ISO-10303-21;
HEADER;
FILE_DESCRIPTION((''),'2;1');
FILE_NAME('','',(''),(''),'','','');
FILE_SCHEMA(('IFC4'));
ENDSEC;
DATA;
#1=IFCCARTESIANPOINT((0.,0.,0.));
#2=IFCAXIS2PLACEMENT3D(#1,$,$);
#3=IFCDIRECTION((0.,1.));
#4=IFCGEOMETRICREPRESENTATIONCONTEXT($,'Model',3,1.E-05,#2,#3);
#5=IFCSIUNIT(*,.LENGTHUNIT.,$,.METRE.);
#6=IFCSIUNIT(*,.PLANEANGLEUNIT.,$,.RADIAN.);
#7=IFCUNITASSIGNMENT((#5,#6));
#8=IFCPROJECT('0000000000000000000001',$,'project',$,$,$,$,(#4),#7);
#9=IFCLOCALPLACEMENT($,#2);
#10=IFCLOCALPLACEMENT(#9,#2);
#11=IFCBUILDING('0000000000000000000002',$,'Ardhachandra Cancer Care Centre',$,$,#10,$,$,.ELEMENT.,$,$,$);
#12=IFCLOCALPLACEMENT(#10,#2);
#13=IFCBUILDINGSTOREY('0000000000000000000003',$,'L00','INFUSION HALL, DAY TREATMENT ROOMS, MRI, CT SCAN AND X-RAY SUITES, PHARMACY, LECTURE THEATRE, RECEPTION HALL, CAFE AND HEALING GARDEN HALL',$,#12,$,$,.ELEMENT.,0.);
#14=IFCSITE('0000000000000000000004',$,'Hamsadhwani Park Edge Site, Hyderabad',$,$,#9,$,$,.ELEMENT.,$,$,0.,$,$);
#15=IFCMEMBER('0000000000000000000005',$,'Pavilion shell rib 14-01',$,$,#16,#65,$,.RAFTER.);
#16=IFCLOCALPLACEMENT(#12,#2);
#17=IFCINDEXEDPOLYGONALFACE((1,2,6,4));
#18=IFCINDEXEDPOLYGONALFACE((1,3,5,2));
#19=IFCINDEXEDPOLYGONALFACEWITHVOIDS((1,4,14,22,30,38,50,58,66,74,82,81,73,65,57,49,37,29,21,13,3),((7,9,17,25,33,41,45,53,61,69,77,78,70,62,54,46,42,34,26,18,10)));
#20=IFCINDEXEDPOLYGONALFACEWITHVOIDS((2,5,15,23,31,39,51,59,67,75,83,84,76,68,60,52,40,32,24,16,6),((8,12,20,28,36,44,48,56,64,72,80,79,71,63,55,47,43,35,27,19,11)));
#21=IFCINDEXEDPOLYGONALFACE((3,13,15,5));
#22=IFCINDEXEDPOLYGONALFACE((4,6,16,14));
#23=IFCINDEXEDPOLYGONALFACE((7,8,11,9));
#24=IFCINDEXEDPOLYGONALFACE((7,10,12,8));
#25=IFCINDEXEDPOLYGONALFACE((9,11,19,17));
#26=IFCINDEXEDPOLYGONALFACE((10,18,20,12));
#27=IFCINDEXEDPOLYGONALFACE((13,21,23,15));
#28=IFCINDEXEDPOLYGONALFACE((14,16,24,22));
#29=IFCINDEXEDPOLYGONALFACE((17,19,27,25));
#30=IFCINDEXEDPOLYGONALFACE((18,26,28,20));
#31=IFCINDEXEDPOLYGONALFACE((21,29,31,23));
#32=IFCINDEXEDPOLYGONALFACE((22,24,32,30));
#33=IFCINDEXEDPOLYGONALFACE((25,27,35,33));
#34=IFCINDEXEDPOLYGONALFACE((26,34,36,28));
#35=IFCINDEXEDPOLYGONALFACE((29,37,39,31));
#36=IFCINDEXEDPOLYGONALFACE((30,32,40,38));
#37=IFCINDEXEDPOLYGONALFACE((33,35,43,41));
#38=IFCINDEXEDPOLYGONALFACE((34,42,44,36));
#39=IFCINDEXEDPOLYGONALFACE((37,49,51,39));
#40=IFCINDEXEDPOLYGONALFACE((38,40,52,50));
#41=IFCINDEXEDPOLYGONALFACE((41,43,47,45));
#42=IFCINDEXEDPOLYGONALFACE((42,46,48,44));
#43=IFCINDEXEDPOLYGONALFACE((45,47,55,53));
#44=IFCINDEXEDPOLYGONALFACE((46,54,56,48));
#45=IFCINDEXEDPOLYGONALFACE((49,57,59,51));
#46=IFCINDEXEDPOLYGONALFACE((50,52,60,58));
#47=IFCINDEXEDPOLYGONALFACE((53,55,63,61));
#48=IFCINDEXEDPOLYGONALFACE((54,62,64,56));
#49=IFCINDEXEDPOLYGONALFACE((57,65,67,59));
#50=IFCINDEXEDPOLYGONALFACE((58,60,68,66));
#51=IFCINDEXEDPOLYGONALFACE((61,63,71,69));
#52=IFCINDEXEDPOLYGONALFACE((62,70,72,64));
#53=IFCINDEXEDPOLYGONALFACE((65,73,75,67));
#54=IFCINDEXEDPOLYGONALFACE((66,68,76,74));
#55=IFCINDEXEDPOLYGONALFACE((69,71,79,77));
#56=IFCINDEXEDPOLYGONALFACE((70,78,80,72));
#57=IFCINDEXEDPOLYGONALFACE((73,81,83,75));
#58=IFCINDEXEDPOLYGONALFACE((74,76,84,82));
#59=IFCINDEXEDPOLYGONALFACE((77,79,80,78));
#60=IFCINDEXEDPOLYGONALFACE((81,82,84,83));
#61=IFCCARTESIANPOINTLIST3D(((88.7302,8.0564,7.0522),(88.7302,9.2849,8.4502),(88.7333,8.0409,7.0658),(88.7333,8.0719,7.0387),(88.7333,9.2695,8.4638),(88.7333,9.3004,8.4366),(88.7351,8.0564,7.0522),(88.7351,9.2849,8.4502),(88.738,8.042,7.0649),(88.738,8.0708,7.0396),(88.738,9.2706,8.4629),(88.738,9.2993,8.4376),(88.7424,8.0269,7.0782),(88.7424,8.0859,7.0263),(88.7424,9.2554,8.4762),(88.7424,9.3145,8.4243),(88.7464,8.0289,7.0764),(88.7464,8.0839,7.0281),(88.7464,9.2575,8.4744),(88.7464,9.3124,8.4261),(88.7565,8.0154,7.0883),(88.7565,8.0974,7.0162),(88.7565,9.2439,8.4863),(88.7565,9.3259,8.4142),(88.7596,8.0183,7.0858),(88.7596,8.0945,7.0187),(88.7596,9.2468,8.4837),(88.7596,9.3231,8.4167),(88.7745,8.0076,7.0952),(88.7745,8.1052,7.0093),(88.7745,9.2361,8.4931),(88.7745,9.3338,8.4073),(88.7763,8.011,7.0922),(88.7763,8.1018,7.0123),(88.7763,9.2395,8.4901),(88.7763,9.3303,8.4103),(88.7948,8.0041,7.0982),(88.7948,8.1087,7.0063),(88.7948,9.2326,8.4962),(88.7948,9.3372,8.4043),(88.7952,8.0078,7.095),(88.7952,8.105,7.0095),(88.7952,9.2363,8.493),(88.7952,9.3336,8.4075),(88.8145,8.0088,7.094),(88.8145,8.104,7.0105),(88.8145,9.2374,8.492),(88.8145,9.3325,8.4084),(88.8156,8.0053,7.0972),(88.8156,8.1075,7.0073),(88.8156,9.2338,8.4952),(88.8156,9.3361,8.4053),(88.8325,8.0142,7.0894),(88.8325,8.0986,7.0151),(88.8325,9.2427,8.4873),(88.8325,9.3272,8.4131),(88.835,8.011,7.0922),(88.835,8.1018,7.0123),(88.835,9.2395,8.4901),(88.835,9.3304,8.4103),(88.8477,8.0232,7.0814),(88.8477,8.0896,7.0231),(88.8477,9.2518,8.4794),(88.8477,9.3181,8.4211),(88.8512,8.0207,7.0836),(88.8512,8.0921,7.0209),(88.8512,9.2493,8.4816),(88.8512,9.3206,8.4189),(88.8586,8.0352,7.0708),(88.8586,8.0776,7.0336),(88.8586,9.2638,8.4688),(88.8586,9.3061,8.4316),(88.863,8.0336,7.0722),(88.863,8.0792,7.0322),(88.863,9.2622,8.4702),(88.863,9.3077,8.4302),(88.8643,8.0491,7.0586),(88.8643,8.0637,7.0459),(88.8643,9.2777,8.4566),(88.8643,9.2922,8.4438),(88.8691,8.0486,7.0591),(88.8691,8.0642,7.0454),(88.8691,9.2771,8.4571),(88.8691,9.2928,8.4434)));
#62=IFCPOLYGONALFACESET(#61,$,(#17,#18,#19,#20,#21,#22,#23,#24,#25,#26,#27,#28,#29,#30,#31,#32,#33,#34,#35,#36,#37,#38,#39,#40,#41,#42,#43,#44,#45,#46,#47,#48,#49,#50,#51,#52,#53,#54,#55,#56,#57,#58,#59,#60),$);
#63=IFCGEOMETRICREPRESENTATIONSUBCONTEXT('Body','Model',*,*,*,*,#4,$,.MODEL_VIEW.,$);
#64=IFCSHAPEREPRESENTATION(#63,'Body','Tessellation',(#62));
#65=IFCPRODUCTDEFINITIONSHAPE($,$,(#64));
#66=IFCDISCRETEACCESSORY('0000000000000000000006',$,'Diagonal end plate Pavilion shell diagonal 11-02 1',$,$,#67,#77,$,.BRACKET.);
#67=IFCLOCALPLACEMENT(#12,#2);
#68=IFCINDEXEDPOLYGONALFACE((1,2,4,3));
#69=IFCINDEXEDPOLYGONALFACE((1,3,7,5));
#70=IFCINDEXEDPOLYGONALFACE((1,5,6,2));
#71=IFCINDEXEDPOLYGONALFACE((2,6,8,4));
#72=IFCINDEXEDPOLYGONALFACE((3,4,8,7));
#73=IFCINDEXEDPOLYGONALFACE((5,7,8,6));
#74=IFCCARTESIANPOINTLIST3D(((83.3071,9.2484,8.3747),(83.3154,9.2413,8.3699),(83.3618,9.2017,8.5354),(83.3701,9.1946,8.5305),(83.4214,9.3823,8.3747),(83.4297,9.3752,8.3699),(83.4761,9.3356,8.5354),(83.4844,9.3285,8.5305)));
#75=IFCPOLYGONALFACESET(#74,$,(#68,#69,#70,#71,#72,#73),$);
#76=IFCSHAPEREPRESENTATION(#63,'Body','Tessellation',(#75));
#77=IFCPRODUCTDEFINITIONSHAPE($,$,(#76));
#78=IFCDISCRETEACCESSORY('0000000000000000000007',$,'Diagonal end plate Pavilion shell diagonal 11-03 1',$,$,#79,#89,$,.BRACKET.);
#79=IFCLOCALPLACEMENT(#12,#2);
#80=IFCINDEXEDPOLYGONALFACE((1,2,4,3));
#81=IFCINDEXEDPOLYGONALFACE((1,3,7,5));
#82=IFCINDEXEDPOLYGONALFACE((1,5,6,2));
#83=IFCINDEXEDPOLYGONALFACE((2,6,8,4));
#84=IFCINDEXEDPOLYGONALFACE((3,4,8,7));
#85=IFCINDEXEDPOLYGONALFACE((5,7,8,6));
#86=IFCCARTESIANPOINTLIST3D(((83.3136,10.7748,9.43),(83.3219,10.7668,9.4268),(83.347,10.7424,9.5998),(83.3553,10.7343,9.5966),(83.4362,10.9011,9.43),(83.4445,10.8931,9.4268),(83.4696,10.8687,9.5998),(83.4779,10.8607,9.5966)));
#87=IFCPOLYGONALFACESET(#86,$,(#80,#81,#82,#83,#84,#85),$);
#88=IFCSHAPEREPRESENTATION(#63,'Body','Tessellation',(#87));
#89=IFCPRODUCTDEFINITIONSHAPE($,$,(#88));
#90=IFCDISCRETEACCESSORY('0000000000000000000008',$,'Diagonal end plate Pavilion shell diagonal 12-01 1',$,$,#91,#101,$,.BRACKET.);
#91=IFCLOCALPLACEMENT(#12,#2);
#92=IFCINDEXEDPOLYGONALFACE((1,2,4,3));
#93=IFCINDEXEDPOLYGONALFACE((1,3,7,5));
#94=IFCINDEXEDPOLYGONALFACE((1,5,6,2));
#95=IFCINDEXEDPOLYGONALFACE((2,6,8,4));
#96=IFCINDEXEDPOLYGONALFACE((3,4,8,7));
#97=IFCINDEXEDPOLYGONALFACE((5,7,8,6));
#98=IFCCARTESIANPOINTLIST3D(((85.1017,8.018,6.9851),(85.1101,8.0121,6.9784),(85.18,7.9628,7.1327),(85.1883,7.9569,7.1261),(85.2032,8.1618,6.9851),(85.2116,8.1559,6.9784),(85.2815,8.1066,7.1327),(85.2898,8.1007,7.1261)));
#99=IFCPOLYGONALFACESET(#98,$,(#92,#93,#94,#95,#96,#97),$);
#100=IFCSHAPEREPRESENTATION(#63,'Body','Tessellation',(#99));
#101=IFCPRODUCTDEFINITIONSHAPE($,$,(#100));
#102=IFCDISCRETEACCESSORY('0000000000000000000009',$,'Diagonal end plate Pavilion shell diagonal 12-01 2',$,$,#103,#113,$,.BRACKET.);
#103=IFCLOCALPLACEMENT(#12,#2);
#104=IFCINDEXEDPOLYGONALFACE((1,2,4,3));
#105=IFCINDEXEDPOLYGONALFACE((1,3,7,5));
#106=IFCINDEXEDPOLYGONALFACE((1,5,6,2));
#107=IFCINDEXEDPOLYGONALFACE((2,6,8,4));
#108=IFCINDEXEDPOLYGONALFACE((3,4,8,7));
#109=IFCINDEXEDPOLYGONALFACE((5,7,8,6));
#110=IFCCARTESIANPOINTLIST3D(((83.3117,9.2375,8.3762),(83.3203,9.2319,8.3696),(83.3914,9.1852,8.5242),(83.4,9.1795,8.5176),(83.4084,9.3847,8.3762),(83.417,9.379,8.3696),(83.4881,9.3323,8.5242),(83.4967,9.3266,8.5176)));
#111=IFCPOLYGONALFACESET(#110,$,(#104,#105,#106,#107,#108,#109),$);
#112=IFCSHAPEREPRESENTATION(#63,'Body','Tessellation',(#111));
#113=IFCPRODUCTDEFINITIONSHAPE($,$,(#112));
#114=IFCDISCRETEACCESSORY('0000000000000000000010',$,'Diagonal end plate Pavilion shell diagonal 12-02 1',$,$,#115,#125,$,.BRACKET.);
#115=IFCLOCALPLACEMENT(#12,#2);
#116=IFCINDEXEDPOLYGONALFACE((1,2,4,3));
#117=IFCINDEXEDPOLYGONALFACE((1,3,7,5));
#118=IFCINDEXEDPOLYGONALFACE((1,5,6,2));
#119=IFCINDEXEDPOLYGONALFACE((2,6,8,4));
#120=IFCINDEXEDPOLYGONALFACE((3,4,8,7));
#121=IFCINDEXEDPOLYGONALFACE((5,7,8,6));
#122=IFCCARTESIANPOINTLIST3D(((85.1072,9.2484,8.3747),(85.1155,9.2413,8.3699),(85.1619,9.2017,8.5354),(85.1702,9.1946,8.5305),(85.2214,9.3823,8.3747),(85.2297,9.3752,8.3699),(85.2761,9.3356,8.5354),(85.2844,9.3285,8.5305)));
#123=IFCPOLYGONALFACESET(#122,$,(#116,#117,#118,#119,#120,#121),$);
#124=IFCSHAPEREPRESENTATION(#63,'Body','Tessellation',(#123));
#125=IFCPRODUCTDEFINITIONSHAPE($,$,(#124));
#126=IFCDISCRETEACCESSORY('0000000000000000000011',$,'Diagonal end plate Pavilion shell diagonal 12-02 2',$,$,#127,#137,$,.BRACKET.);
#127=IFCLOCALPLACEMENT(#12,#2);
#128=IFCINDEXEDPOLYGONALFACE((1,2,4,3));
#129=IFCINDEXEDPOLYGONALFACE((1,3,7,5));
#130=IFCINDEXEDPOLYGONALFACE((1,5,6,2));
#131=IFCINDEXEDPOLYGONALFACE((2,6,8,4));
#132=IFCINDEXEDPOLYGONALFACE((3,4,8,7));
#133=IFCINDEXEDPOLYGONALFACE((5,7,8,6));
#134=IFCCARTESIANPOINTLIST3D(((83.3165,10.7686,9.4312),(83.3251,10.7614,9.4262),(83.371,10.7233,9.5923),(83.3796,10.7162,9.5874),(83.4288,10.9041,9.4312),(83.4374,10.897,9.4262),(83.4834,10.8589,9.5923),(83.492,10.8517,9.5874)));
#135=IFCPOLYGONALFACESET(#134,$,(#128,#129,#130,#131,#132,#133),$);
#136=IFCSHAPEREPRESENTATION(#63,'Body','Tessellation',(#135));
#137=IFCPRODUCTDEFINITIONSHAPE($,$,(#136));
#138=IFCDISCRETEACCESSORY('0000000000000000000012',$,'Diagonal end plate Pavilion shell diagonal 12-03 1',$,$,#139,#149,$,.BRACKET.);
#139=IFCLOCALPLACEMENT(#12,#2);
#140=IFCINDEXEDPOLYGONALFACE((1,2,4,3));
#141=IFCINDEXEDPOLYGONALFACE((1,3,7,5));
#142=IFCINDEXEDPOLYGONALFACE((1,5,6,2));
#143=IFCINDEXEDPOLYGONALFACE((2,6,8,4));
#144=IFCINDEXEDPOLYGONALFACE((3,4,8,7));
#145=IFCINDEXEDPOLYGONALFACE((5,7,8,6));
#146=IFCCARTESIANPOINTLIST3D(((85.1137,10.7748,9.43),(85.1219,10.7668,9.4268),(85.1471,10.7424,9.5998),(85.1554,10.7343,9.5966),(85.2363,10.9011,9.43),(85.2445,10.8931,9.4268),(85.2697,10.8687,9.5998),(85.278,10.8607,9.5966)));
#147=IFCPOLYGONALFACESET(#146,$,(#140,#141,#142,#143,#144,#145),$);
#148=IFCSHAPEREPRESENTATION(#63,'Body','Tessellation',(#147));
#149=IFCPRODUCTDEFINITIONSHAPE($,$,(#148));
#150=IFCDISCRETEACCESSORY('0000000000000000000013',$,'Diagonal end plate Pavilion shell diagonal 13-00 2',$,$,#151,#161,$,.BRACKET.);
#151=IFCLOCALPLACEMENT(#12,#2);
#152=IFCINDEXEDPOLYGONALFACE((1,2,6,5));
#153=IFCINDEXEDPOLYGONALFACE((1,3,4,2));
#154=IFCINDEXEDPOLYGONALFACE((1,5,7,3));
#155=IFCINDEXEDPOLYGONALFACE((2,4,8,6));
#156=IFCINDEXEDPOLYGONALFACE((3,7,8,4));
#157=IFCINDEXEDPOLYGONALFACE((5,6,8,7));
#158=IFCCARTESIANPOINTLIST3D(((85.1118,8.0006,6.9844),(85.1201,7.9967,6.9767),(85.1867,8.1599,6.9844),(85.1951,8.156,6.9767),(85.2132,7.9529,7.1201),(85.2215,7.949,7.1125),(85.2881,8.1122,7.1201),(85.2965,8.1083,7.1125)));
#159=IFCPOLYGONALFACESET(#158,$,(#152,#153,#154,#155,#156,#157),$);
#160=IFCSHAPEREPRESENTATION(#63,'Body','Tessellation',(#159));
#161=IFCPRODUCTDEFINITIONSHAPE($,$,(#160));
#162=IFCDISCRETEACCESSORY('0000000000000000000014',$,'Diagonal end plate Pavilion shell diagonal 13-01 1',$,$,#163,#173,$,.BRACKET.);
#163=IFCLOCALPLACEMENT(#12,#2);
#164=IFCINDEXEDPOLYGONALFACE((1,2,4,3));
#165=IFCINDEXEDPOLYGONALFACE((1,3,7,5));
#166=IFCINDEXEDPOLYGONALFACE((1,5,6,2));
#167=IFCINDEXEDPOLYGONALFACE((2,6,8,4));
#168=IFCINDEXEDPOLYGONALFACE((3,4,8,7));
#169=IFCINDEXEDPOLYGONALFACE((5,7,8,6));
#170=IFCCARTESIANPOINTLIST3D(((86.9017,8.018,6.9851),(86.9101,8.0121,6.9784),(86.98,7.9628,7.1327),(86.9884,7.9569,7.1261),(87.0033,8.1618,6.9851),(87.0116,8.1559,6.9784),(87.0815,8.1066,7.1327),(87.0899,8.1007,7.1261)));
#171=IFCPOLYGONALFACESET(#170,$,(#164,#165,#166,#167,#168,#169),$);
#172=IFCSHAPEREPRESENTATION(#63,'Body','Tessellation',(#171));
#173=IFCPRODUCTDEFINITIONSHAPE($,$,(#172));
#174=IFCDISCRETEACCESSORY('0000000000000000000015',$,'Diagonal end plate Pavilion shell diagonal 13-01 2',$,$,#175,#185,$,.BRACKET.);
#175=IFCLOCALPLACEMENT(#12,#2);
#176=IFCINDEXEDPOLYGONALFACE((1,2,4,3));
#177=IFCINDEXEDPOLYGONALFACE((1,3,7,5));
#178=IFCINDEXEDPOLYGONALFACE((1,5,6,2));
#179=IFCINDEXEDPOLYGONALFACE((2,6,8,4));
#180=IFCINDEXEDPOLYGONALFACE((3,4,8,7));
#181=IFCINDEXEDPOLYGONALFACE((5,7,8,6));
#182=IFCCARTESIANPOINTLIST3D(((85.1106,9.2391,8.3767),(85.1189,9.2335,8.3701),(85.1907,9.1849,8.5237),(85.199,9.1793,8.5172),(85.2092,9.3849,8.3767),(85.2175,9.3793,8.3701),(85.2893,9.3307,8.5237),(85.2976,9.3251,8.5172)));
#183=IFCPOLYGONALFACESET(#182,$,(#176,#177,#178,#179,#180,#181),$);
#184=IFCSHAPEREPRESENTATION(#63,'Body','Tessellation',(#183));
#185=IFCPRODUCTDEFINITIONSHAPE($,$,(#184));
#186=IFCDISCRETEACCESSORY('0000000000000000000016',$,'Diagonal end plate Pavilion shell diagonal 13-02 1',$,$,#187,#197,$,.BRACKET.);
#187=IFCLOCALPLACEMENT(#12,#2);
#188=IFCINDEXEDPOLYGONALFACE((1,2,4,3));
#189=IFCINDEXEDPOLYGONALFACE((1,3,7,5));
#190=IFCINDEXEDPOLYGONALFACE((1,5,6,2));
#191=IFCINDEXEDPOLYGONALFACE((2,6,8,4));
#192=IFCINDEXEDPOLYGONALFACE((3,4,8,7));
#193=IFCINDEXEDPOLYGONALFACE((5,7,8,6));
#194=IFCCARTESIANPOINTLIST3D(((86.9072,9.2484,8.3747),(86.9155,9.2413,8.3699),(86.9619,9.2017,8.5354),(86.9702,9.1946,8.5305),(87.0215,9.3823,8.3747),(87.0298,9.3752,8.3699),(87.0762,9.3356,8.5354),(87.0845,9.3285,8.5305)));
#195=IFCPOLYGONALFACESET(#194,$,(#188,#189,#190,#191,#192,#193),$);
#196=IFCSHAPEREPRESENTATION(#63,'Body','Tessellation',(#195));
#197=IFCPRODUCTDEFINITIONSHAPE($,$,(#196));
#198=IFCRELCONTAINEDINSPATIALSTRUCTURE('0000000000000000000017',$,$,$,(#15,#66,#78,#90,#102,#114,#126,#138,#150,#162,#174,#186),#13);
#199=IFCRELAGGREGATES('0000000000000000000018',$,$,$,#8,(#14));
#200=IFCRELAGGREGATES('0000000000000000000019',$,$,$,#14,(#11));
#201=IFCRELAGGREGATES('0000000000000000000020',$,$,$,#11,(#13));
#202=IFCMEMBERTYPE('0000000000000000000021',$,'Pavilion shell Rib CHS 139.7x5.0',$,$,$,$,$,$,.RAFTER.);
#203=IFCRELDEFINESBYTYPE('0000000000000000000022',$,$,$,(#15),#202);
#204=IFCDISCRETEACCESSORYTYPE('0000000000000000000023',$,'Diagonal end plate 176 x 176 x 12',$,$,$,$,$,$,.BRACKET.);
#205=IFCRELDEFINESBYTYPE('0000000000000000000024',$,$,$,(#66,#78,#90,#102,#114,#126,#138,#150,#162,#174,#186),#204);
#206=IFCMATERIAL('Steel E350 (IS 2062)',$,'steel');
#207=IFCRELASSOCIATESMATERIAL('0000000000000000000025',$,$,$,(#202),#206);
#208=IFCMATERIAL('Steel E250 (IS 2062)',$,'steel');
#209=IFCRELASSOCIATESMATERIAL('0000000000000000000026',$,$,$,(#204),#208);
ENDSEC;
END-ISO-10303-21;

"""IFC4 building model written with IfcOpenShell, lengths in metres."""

from ifc_helpers import new_model, si_unit, direction, frame, origin, origin_2d, place, context, subcontext, project, spatial, rectangle, hollow_circle, extrude, material, material_profile, profile_set, type_object, element, save


model = new_model("IFC4")

# Units and contexts
model_context = context("Model", 3, precision=1e-05, world=origin(), true_north=direction((0.0, 1.0)))
body_context = subcontext(model_context, "Body", "Model", "MODEL_VIEW")
ifc_project = project(units=[si_unit("LENGTHUNIT", "METRE"), si_unit("PLANEANGLEUNIT", "RADIAN")], contexts=[model_context])

# Site, building, storey
site_placement = place(None, origin())
site = spatial("IfcSite", under=ifc_project, at=site_placement, Name="Hamsadhwani Park Edge Site, Hyderabad", CompositionType="ELEMENT", RefElevation=0.0)
building_placement = place(site_placement, origin())
building = spatial("IfcBuilding", under=site, at=building_placement, Name="Ardhachandra Cancer Care Centre", CompositionType="ELEMENT")
storey_placement = place(building_placement, origin())
storey = spatial("IfcBuildingStorey", under=building, at=storey_placement, Name="L00", Description="INFUSION HALL, DAY TREATMENT ROOMS, MRI, CT SCAN AND X-RAY SUITES, PHARMACY, LECTURE THEATRE, RECEPTION HALL, CAFE AND HEALING GARDEN HALL", CompositionType="ELEMENT", Elevation=0.0)

# Member
ifc_material_1 = material(Name="Steel E350 (IS 2062)", Category="steel")
ifc_material_profile_1 = material_profile(ifc_material_1, hollow_circle(Radius=0.0698, WallThickness=0.0049, at=origin_2d()), Name="CHS 139.7x5.0")
ifc_profile_set_1 = profile_set([ifc_material_profile_1], Name="Steel E350 (IS 2062)")
member_type_1 = type_object("IfcMemberType", Name="Pavilion shell Rib CHS 139.7x5.0", PredefinedType="RAFTER", material=ifc_profile_set_1)
for number, where, z_axis, x_axis, name in (
    (1, (88.8, 8.0564, 7.0522), (0.0, 0.660119, 0.751161), (-1.0, 0.0, 0.0), "Pavilion shell rib 14-01"),
):
    element("IfcMember", number, at=place(storey_placement, frame(where, z_axis=z_axis, x_axis=x_axis)), inside=storey, type_object=member_type_1, Name=name, PredefinedType="RAFTER", context=body_context, shape_type="SweptSolid", body=[
        extrude(hollow_circle(Radius=0.0698, WallThickness=0.0049, at=origin_2d()), origin(), (0.0, 0.0, 1.0), 1.8611),
    ])

# Discrete accessories
ifc_material_2 = material(Name="Steel E250 (IS 2062)", Category="steel")
ifc_material_profile_2 = material_profile(ifc_material_2, rectangle(XDim=0.176, YDim=0.176, at=origin_2d()), Name="PL 176x176x12")
ifc_profile_set_2 = profile_set([ifc_material_profile_2], Name="Steel E250 (IS 2062)")
discrete_accessory_type = type_object("IfcDiscreteAccessoryType", Name="Diagonal end plate 176 x 176 x 12", PredefinedType="BRACKET", material=ifc_profile_set_2)
for number, where, z_axis, x_axis, name in (
    (2, (83.3999, 9.2849, 8.4502), (-0.694456, 0.59233, 0.408504), (-0.648947, -0.760834, 0.0), "Diagonal end plate Pavilion shell diagonal 11-02 1"),
    (3, (83.3999, 10.8137, 9.5117), (-0.692007, 0.671654, 0.264591), (-0.696475, -0.717581, 0.0), "Diagonal end plate Pavilion shell diagonal 11-03 1"),
):
    element("IfcDiscreteAccessory", number, at=place(storey_placement, frame(where, z_axis=z_axis, x_axis=x_axis)), inside=storey, type_object=discrete_accessory_type, Name=name, PredefinedType="BRACKET", context=body_context, shape_type="SweptSolid", body=[
        extrude(rectangle(XDim=0.176, YDim=0.176, at=origin_2d()), origin(), (0.0, 0.0, 1.0), 0.012),
    ])
for number, where, z_axis, x_axis, name in (
    (4, (85.2, 8.0564, 7.0522), (-0.685367, 0.483788, 0.544262), (-0.576683, -0.816968, 0.0), "Diagonal end plate Pavilion shell diagonal 12-01 1"),
    (5, (83.3999, 9.2849, 8.4502), (0.702392, -0.461572, -0.541845), (0.549178, 0.835705, 0.0), "Diagonal end plate Pavilion shell diagonal 12-01 2"),
):
    element("IfcDiscreteAccessory", number, at=place(storey_placement, frame(where, z_axis=z_axis, x_axis=x_axis)), inside=storey, type_object=discrete_accessory_type, Name=name, PredefinedType="BRACKET", context=body_context, shape_type="SweptSolid", body=[
        extrude(rectangle(XDim=0.176, YDim=0.176, at=origin_2d()), origin(), (0.0, 0.0, 1.0), 0.0122),
    ])
discrete_accessory_1_placement = place(storey_placement, frame((85.2, 9.2849, 8.4502), z_axis=(-0.694456, 0.59233, 0.408504), x_axis=(-0.648947, -0.760834, 0.0)))
element("IfcDiscreteAccessory", 6, at=discrete_accessory_1_placement, inside=storey, type_object=discrete_accessory_type, Name="Diagonal end plate Pavilion shell diagonal 12-02 1", PredefinedType="BRACKET", context=body_context, shape_type="SweptSolid", body=[
    extrude(rectangle(XDim=0.176, YDim=0.176, at=origin_2d()), origin(), (0.0, 0.0, 1.0), 0.012),
])
discrete_accessory_2_placement = place(storey_placement, frame((83.3999, 10.8137, 9.5117), z_axis=(0.704809, -0.583985, -0.402748), x_axis=(0.638018, 0.770022, 0.0)))
element("IfcDiscreteAccessory", 7, at=discrete_accessory_2_placement, inside=storey, type_object=discrete_accessory_type, Name="Diagonal end plate Pavilion shell diagonal 12-02 2", PredefinedType="BRACKET", context=body_context, shape_type="SweptSolid", body=[
    extrude(rectangle(XDim=0.176, YDim=0.176, at=origin_2d()), origin(), (0.0, 0.0, 1.0), 0.0122),
])
for number, where, z_axis, x_axis, name in (
    (8, (85.2, 10.8137, 9.5117), (-0.692007, 0.671654, 0.264591), (-0.696475, -0.717581, 0.0), "Diagonal end plate Pavilion shell diagonal 12-03 1"),
    (9, (85.2, 8.0564, 7.0522), (0.697959, -0.328451, -0.636375), (0.425797, 0.904819, 0.0), "Diagonal end plate Pavilion shell diagonal 13-00 2"),
):
    element("IfcDiscreteAccessory", number, at=place(storey_placement, frame(where, z_axis=z_axis, x_axis=x_axis)), inside=storey, type_object=discrete_accessory_type, Name=name, PredefinedType="BRACKET", context=body_context, shape_type="SweptSolid", body=[
        extrude(rectangle(XDim=0.176, YDim=0.176, at=origin_2d()), origin(), (0.0, 0.0, 1.0), 0.012),
    ])
discrete_accessory_3_placement = place(storey_placement, frame((87.0, 8.0564, 7.0522), z_axis=(-0.685367, 0.483788, 0.544262), x_axis=(-0.576683, -0.816968, 0.0)))
element("IfcDiscreteAccessory", 10, at=discrete_accessory_3_placement, inside=storey, type_object=discrete_accessory_type, Name="Diagonal end plate Pavilion shell diagonal 13-01 1", PredefinedType="BRACKET", context=body_context, shape_type="SweptSolid", body=[
    extrude(rectangle(XDim=0.176, YDim=0.176, at=origin_2d()), origin(), (0.0, 0.0, 1.0), 0.0122),
])
for number, where, z_axis, x_axis, name in (
    (11, (85.2, 9.2849, 8.4502), (0.692007, -0.468122, -0.549535), (0.560309, 0.828283, 0.0), "Diagonal end plate Pavilion shell diagonal 13-01 2"),
    (12, (87.0, 9.2849, 8.4502), (-0.694456, 0.59233, 0.408504), (-0.648947, -0.760834, 0.0), "Diagonal end plate Pavilion shell diagonal 13-02 1"),
):
    element("IfcDiscreteAccessory", number, at=place(storey_placement, frame(where, z_axis=z_axis, x_axis=x_axis)), inside=storey, type_object=discrete_accessory_type, Name=name, PredefinedType="BRACKET", context=body_context, shape_type="SweptSolid", body=[
        extrude(rectangle(XDim=0.176, YDim=0.176, at=origin_2d()), origin(), (0.0, 0.0, 1.0), 0.012),
    ])

save(model, "model.ifc")
